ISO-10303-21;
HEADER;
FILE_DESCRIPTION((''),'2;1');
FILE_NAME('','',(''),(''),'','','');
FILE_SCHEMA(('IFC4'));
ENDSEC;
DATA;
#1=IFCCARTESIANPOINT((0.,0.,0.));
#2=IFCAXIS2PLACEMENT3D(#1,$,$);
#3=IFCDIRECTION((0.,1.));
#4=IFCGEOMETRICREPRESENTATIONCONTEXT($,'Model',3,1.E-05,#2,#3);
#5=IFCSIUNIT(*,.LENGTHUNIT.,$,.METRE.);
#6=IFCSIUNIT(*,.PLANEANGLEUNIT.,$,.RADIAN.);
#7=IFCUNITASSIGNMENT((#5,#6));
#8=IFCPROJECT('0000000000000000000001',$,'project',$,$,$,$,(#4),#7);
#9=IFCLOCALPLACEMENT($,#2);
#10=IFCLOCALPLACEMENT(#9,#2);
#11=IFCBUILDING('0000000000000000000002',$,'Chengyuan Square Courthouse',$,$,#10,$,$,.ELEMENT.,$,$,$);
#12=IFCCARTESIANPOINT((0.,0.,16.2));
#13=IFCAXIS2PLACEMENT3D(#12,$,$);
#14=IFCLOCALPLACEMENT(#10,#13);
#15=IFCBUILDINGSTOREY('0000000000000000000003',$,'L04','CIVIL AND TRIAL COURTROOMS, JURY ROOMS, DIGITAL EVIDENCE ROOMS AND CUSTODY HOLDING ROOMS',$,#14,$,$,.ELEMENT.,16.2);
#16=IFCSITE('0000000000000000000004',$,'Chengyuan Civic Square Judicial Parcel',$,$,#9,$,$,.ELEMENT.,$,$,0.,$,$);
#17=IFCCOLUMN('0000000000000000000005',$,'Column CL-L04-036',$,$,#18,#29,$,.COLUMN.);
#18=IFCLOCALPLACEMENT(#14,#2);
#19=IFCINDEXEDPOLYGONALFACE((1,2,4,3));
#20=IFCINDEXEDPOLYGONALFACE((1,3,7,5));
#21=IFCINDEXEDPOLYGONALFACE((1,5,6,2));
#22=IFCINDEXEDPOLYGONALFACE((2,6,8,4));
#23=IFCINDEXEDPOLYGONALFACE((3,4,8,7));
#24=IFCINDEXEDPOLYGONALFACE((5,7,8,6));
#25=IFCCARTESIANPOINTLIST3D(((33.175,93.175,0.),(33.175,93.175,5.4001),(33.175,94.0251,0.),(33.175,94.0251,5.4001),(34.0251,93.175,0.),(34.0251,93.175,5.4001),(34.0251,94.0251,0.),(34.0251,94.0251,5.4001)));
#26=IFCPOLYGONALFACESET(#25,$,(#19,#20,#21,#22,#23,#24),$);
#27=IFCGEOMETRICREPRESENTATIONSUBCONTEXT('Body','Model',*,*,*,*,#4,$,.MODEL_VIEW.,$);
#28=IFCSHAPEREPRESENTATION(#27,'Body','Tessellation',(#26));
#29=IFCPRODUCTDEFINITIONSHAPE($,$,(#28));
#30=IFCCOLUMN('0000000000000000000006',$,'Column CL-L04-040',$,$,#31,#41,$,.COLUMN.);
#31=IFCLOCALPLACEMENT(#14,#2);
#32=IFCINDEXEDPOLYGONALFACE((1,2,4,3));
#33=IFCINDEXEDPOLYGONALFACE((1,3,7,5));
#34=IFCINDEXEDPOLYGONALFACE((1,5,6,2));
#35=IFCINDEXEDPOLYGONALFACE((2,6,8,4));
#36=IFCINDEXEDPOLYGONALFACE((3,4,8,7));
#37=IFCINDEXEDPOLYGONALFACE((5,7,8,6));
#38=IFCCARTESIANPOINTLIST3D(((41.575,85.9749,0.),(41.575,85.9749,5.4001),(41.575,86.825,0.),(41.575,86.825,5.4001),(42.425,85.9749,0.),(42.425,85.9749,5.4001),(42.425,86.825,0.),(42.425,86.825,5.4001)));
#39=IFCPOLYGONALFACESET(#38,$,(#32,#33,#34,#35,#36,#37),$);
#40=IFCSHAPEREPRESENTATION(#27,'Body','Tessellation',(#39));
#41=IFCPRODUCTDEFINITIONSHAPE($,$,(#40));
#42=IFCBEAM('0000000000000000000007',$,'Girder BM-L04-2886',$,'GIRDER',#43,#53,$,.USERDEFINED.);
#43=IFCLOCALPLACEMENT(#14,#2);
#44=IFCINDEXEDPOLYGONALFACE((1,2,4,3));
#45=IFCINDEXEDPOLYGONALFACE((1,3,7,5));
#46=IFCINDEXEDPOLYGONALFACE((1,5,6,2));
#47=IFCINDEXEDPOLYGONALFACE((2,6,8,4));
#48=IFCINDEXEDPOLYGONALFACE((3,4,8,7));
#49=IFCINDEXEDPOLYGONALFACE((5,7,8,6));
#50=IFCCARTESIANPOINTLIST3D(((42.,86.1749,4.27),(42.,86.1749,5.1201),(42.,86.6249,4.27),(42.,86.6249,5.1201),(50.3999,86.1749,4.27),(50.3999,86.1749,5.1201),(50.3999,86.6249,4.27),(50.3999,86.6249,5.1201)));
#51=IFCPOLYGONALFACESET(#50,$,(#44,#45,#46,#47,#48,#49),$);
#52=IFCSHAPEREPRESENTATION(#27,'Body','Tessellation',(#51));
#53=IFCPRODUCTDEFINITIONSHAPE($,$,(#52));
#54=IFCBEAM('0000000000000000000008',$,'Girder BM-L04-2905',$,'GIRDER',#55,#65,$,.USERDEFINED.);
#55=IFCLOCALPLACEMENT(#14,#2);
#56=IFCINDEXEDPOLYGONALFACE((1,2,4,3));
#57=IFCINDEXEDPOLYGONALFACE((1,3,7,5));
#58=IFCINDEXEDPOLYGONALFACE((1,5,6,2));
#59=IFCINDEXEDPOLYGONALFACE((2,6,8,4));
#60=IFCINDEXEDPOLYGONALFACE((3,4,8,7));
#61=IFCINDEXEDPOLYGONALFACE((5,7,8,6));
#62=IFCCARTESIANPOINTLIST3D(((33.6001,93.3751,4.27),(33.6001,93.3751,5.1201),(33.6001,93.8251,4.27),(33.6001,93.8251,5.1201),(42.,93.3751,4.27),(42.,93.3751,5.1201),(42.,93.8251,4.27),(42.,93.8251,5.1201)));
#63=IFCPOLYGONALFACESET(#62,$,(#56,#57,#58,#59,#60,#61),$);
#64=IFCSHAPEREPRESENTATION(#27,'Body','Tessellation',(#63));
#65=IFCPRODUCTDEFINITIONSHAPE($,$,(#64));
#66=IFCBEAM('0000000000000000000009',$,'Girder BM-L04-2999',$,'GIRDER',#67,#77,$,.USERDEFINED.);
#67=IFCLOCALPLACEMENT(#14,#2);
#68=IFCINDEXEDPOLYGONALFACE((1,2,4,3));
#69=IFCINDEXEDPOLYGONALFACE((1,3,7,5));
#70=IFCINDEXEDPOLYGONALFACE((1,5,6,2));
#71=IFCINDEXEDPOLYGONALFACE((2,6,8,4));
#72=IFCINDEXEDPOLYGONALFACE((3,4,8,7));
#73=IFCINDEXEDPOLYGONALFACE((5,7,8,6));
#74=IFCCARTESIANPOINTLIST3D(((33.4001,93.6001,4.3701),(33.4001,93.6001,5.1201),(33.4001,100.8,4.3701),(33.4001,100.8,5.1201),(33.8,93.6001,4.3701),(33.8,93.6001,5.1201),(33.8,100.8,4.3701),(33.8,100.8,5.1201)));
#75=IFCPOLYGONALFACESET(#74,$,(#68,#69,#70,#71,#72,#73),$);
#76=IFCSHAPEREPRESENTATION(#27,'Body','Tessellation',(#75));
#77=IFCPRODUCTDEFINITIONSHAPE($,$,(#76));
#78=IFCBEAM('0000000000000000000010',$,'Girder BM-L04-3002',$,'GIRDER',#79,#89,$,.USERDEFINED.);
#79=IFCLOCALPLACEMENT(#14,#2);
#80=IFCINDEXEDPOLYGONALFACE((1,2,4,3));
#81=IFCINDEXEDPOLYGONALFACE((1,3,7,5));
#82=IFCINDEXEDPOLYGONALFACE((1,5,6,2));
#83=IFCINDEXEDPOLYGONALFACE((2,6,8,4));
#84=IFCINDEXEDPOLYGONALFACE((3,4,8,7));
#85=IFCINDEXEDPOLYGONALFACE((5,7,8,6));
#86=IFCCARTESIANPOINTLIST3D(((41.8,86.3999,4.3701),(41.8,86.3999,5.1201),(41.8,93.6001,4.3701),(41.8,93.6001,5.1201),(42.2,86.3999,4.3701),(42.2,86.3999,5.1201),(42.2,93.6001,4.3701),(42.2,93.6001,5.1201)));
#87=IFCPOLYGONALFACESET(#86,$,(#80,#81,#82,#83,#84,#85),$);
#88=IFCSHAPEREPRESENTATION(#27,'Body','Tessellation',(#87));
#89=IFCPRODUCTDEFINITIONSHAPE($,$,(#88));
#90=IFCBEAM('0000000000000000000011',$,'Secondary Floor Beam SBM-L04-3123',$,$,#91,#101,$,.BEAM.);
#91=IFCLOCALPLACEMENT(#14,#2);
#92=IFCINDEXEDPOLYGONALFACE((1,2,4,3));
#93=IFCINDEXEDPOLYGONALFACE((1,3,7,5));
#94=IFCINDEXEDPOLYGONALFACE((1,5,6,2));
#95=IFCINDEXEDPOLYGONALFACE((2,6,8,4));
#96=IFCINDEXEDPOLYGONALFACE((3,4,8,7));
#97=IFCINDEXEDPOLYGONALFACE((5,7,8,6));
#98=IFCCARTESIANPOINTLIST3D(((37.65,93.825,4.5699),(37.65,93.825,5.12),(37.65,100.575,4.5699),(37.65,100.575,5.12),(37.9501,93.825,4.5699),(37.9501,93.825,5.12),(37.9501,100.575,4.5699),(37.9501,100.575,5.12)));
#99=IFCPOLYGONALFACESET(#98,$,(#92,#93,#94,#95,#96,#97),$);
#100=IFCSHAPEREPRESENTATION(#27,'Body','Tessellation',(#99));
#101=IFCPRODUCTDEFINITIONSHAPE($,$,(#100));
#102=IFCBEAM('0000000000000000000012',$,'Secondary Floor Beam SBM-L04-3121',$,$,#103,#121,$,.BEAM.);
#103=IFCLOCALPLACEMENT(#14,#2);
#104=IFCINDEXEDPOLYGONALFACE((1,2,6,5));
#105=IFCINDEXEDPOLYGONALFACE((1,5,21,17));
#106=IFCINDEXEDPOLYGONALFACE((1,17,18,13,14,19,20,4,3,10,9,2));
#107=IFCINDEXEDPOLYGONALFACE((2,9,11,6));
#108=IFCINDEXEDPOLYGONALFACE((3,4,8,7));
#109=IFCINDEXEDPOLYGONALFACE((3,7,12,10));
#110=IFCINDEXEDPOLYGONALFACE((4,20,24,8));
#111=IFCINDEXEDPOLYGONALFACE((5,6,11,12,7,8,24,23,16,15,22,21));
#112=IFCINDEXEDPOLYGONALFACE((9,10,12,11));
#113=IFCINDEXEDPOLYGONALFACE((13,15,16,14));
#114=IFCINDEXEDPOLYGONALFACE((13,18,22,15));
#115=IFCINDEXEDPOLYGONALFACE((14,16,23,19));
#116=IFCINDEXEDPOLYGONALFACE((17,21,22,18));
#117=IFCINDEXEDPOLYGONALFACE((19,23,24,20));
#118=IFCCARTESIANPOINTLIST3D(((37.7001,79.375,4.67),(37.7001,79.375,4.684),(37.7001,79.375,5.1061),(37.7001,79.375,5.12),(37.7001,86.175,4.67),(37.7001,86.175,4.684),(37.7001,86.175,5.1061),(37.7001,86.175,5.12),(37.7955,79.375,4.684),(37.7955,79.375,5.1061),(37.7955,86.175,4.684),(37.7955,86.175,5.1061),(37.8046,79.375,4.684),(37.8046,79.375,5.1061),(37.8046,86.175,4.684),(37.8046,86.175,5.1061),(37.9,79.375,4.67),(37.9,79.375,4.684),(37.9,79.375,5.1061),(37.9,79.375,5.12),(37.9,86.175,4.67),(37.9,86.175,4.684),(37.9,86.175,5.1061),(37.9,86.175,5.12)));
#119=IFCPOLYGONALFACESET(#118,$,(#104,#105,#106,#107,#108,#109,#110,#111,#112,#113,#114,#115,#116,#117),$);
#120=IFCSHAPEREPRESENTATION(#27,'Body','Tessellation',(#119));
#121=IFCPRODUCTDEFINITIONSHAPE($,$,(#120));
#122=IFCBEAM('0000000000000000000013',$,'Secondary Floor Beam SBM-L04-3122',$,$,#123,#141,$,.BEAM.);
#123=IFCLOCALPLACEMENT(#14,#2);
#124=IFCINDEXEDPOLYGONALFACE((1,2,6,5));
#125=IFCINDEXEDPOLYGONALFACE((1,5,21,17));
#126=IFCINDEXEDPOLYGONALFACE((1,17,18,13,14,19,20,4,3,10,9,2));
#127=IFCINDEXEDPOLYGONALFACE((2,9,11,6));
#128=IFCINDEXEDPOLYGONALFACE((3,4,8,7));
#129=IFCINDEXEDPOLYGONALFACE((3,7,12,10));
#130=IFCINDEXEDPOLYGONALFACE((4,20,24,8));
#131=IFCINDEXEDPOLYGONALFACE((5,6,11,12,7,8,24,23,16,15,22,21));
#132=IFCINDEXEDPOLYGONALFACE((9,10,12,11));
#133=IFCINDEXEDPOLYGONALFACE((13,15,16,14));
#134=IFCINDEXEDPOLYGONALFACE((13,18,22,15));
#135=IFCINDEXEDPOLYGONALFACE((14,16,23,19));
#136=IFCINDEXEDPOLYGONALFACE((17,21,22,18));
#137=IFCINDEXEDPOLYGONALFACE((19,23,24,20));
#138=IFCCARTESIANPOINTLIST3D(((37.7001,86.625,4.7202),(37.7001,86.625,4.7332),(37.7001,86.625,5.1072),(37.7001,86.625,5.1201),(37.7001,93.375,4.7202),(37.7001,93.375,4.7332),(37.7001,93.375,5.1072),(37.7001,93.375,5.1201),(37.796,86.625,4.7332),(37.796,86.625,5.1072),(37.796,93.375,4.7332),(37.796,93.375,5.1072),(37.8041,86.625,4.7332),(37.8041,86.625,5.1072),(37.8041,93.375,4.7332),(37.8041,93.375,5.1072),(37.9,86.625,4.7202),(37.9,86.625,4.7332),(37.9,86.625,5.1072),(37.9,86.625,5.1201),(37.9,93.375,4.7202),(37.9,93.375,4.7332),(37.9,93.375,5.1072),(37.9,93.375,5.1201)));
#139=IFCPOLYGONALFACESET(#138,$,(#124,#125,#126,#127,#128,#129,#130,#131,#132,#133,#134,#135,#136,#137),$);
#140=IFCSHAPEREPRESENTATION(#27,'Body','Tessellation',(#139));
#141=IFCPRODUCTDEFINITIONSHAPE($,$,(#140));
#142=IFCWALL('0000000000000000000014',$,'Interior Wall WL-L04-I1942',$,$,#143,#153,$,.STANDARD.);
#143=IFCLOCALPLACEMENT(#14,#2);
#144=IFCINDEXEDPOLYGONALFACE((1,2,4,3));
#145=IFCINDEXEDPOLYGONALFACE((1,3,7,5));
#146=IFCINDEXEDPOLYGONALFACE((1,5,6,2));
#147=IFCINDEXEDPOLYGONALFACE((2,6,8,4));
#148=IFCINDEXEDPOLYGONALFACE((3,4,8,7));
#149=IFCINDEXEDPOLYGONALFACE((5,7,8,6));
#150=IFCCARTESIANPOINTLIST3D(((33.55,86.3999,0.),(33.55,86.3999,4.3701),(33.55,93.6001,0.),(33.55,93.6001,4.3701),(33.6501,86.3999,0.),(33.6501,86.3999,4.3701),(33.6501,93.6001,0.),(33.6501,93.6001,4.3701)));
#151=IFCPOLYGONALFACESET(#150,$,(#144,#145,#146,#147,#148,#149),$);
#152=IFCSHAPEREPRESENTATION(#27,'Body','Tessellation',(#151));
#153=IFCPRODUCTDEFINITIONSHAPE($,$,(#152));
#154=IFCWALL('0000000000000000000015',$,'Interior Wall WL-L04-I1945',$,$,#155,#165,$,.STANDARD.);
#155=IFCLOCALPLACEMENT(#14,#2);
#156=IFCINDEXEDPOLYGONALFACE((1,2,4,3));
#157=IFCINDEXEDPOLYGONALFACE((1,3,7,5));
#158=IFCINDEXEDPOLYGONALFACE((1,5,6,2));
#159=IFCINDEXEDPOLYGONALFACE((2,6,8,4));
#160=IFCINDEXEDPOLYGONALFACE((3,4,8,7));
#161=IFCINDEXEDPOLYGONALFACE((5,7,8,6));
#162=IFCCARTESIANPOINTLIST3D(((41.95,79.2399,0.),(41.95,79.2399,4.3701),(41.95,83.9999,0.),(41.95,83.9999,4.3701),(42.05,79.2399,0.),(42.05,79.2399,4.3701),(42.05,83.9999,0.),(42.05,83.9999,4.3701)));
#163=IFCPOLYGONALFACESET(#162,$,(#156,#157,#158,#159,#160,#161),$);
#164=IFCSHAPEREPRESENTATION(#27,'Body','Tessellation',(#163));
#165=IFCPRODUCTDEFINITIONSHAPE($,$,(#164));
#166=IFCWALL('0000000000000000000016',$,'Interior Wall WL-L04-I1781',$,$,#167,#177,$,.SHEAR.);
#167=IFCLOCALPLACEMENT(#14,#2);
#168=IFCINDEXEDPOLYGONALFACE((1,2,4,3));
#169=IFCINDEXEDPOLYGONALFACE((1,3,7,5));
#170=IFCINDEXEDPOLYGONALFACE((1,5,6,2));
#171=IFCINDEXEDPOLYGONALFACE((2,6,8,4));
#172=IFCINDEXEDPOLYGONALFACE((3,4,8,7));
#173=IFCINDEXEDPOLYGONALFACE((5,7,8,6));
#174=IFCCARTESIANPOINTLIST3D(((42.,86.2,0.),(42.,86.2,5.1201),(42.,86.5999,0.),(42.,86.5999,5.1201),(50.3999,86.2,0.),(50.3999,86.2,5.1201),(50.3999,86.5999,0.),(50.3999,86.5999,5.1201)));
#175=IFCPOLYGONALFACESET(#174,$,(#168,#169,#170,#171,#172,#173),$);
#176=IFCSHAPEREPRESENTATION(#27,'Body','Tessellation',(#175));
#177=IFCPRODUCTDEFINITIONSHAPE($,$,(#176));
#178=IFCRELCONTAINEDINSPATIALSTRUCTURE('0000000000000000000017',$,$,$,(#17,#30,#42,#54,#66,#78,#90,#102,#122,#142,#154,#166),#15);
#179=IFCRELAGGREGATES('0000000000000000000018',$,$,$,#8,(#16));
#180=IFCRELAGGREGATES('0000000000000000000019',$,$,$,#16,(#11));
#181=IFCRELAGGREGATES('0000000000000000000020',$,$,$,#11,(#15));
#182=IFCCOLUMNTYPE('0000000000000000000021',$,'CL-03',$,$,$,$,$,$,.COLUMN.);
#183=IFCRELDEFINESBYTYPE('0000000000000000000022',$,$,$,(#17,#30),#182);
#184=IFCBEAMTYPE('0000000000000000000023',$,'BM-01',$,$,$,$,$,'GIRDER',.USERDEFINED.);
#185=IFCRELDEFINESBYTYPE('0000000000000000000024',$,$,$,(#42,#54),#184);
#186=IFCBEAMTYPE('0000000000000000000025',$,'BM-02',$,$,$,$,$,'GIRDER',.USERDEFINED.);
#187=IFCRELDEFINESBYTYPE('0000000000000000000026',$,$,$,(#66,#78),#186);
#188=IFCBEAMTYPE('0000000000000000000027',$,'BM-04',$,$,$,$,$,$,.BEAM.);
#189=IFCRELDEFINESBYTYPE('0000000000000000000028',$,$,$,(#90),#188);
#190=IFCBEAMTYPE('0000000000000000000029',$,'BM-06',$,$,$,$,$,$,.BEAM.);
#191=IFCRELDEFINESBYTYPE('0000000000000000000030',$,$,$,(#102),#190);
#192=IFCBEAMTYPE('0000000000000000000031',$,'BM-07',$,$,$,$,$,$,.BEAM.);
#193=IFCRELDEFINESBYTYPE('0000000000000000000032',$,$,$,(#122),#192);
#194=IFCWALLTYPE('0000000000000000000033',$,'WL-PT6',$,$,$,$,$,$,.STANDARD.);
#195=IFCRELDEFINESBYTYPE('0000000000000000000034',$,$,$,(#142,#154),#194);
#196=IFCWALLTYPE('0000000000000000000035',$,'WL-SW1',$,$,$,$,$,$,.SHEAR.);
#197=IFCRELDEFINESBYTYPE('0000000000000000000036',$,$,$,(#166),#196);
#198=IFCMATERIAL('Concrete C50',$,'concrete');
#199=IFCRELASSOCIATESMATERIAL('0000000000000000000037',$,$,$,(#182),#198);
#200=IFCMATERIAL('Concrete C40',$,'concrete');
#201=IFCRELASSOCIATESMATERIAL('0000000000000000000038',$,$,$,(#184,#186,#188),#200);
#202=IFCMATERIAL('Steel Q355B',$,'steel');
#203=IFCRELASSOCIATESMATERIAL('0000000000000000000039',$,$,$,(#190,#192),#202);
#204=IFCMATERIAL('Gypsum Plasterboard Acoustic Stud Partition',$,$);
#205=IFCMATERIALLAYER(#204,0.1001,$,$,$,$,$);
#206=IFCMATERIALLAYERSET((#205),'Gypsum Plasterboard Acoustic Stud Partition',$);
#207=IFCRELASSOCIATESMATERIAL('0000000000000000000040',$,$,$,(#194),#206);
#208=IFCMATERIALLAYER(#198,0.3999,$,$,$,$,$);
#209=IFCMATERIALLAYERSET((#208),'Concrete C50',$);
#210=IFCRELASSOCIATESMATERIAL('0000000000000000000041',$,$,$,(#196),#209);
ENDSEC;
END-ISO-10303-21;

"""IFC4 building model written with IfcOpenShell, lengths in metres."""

from ifc_helpers import new_model, si_unit, direction, frame, frame_2d, origin, origin_2d, place, context, subcontext, project, spatial, rectangle, i_section, extrude, material, layer, layer_set, material_profile, profile_set, type_object, element, save


model = new_model("IFC4")

# Units and contexts
model_context = context("Model", 3, precision=1e-05, world=origin(), true_north=direction((0.0, 1.0)))
body_context = subcontext(model_context, "Body", "Model", "MODEL_VIEW")
ifc_project = project(units=[si_unit("LENGTHUNIT", "METRE"), si_unit("PLANEANGLEUNIT", "RADIAN")], contexts=[model_context])

# Site, building, storey
site_placement = place(None, origin())
site = spatial("IfcSite", under=ifc_project, at=site_placement, Name="Chengyuan Civic Square Judicial Parcel", CompositionType="ELEMENT", RefElevation=0.0)
building_placement = place(site_placement, origin())
building = spatial("IfcBuilding", under=site, at=building_placement, Name="Chengyuan Square Courthouse", CompositionType="ELEMENT")
storey_placement = place(building_placement, frame((0.0, 0.0, 16.2)))
storey = spatial("IfcBuildingStorey", under=building, at=storey_placement, Name="L04", Description="CIVIL AND TRIAL COURTROOMS, JURY ROOMS, DIGITAL EVIDENCE ROOMS AND CUSTODY HOLDING ROOMS", CompositionType="ELEMENT", Elevation=16.2)

# Columns
ifc_material_1 = material(Name="Concrete C50", Category="concrete")
ifc_material_profile_1 = material_profile(ifc_material_1, rectangle(XDim=0.8501, YDim=0.8501, at=origin_2d()), Name="RC-COL-850x850")
ifc_profile_set_1 = profile_set([ifc_material_profile_1], Name="Concrete C50")
column_type = type_object("IfcColumnType", Name="CL-03", PredefinedType="COLUMN", material=ifc_profile_set_1)
for number, where, z_axis, x_axis, name in (
    (1, (33.6001, 93.6001, 0.0), (0.0, 0.0, 1.0), (1.0, 0.0, 0.0), "Column CL-L04-036"),
    (2, (42.0, 86.3999, 0.0), (0.0, 0.0, 1.0), (1.0, 0.0, 0.0), "Column CL-L04-040"),
):
    element("IfcColumn", number, at=place(storey_placement, frame(where, z_axis=z_axis, x_axis=x_axis)), inside=storey, type_object=column_type, Name=name, PredefinedType="COLUMN", context=body_context, shape_type="SweptSolid", body=[
        extrude(rectangle(XDim=0.8501, YDim=0.8501, at=origin_2d()), origin(), (0.0, 0.0, 1.0), 5.4001),
    ])

# Beams
ifc_material_2 = material(Name="Concrete C40", Category="concrete")
ifc_material_profile_2 = material_profile(ifc_material_2, rectangle(XDim=0.45, YDim=0.8501, at=origin_2d()), Name="RC-BM-450x850")
ifc_profile_set_2 = profile_set([ifc_material_profile_2], Name="Concrete C40")
beam_type_1 = type_object("IfcBeamType", Name="BM-01", ElementType="GIRDER", PredefinedType="USERDEFINED", material=ifc_profile_set_2)
for number, where, z_axis, x_axis, name in (
    (3, (42.0, 86.3999, 4.6951), (1.0, 0.0, 0.0), (0.0, 1.0, 0.0), "Girder BM-L04-2886"),
    (4, (33.6001, 93.6001, 4.6951), (1.0, 0.0, 0.0), (0.0, 1.0, 0.0), "Girder BM-L04-2905"),
):
    element("IfcBeam", number, at=place(storey_placement, frame(where, z_axis=z_axis, x_axis=x_axis)), inside=storey, type_object=beam_type_1, Name=name, ObjectType="GIRDER", PredefinedType="USERDEFINED", context=body_context, shape_type="SweptSolid", body=[
        extrude(rectangle(XDim=0.45, YDim=0.8501, at=origin_2d()), origin(), (0.0, 0.0, 1.0), 8.3999),
    ])
ifc_material_profile_3 = material_profile(ifc_material_2, rectangle(XDim=0.3999, YDim=0.75, at=origin_2d()), Name="RC-BM-400x750")
ifc_profile_set_3 = profile_set([ifc_material_profile_3], Name="Concrete C40")
beam_type_2 = type_object("IfcBeamType", Name="BM-02", ElementType="GIRDER", PredefinedType="USERDEFINED", material=ifc_profile_set_3)
beam_1_placement = place(storey_placement, frame((33.6001, 93.6001, 4.7451), z_axis=(0.0, 1.0, 0.0), x_axis=(-1.0, 0.0, 0.0)))
element("IfcBeam", 5, at=beam_1_placement, inside=storey, type_object=beam_type_2, Name="Girder BM-L04-2999", ObjectType="GIRDER", PredefinedType="USERDEFINED", context=body_context, shape_type="SweptSolid", body=[
    extrude(rectangle(XDim=0.3999, YDim=0.75, at=origin_2d()), origin(), (0.0, 0.0, 1.0), 7.2),
])
beam_2_placement = place(storey_placement, frame((42.0, 86.3999, 4.7451), z_axis=(0.0, 1.0, 0.0), x_axis=(-1.0, 0.0, 0.0)))
element("IfcBeam", 6, at=beam_2_placement, inside=storey, type_object=beam_type_2, Name="Girder BM-L04-3002", ObjectType="GIRDER", PredefinedType="USERDEFINED", context=body_context, shape_type="SweptSolid", body=[
    extrude(rectangle(XDim=0.3999, YDim=0.75, at=origin_2d()), origin(), (0.0, 0.0, 1.0), 7.2002),
])
ifc_material_profile_4 = material_profile(ifc_material_2, rectangle(XDim=0.3, YDim=0.55, at=origin_2d()), Name="RC-BM-300x550")
ifc_profile_set_4 = profile_set([ifc_material_profile_4], Name="Concrete C40")
beam_type_3 = type_object("IfcBeamType", Name="BM-04", PredefinedType="BEAM", material=ifc_profile_set_4)
beam_3_placement = place(storey_placement, frame((37.8, 93.825, 4.845), z_axis=(0.0, 1.0, 0.0), x_axis=(-1.0, 0.0, 0.0)))
element("IfcBeam", 7, at=beam_3_placement, inside=storey, type_object=beam_type_3, Name="Secondary Floor Beam SBM-L04-3123", PredefinedType="BEAM", context=body_context, shape_type="SweptSolid", body=[
    extrude(rectangle(XDim=0.3, YDim=0.55, at=origin_2d()), origin(), (0.0, 0.0, 1.0), 6.75),
])
ifc_material_3 = material(Name="Steel Q355B", Category="steel")
ifc_material_profile_5 = material_profile(ifc_material_3, i_section(OverallWidth=0.2, OverallDepth=0.45, WebThickness=0.009, FlangeThickness=0.0139, at=origin_2d()), Name="HN 450x200x9x14")
ifc_profile_set_5 = profile_set([ifc_material_profile_5], Name="Steel Q355B")
beam_type_4 = type_object("IfcBeamType", Name="BM-06", PredefinedType="BEAM", material=ifc_profile_set_5)
beam_4_placement = place(storey_placement, frame((37.8, 79.375, 4.895), z_axis=(0.0, 1.0, 0.0), x_axis=(-1.0, 0.0, 0.0)))
element("IfcBeam", 8, at=beam_4_placement, inside=storey, type_object=beam_type_4, Name="Secondary Floor Beam SBM-L04-3121", PredefinedType="BEAM", context=body_context, shape_type="SweptSolid", body=[
    extrude(i_section(OverallWidth=0.2, OverallDepth=0.45, WebThickness=0.009, FlangeThickness=0.0139, at=origin_2d()), origin(), (0.0, 0.0, 1.0), 6.8),
])
ifc_material_profile_6 = material_profile(ifc_material_3, i_section(OverallWidth=0.2, OverallDepth=0.3999, WebThickness=0.0081, FlangeThickness=0.0129, at=origin_2d()), Name="HN 400x200x8x13")
ifc_profile_set_6 = profile_set([ifc_material_profile_6], Name="Steel Q355B")
beam_type_5 = type_object("IfcBeamType", Name="BM-07", PredefinedType="BEAM", material=ifc_profile_set_6)
beam_5_placement = place(storey_placement, frame((37.8, 86.625, 4.9202), z_axis=(0.0, 1.0, 0.0), x_axis=(-1.0, 0.0, 0.0)))
element("IfcBeam", 9, at=beam_5_placement, inside=storey, type_object=beam_type_5, Name="Secondary Floor Beam SBM-L04-3122", PredefinedType="BEAM", context=body_context, shape_type="SweptSolid", body=[
    extrude(i_section(OverallWidth=0.2, OverallDepth=0.3999, WebThickness=0.0081, FlangeThickness=0.0129, at=origin_2d()), origin(), (0.0, 0.0, 1.0), 6.75),
])

# Walls
ifc_material_4 = material(Name="Gypsum Plasterboard Acoustic Stud Partition")
ifc_layer_1 = layer(ifc_material_4, 0.1001)
ifc_layer_set_1 = layer_set([ifc_layer_1], Name="Gypsum Plasterboard Acoustic Stud Partition")
wall_type_1 = type_object("IfcWallType", Name="WL-PT6", PredefinedType="STANDARD", material=ifc_layer_set_1)
wall_1_placement = place(storey_placement, frame((33.6001, 86.3999, 0.0), z_axis=(0.0, 0.0, 1.0), x_axis=(0.0, 1.0, 0.0)))
element("IfcWall", 10, at=wall_1_placement, inside=storey, type_object=wall_type_1, Name="Interior Wall WL-L04-I1942", PredefinedType="STANDARD", context=body_context, shape_type="SweptSolid", body=[
    extrude(rectangle(XDim=7.2002, YDim=0.1001, at=frame_2d((3.6001, 0.0))), origin(), (0.0, 0.0, 1.0), 4.3701),
])
wall_2_placement = place(storey_placement, frame((42.0, 79.24, 0.0), z_axis=(0.0, 0.0, 1.0), x_axis=(0.0, 1.0, 0.0)))
element("IfcWall", 11, at=wall_2_placement, inside=storey, type_object=wall_type_1, Name="Interior Wall WL-L04-I1945", PredefinedType="STANDARD", context=body_context, shape_type="SweptSolid", body=[
    extrude(rectangle(XDim=4.76, YDim=0.1001, at=frame_2d((2.3799, 0.0))), origin(), (0.0, 0.0, 1.0), 4.3701),
])
ifc_layer_2 = layer(ifc_material_1, 0.3999)
ifc_layer_set_2 = layer_set([ifc_layer_2], Name="Concrete C50")
wall_type_2 = type_object("IfcWallType", Name="WL-SW1", PredefinedType="SHEAR", material=ifc_layer_set_2)
wall_3_placement = place(storey_placement, frame((42.0, 86.3999, 0.0), z_axis=(0.0, 0.0, 1.0), x_axis=(1.0, 0.0, 0.0)))
element("IfcWall", 12, at=wall_3_placement, inside=storey, type_object=wall_type_2, Name="Interior Wall WL-L04-I1781", PredefinedType="SHEAR", context=body_context, shape_type="SweptSolid", body=[
    extrude(rectangle(XDim=8.3999, YDim=0.3999, at=frame_2d((4.2, 0.0))), origin(), (0.0, 0.0, 1.0), 5.1201),
])

save(model, "model.ifc")
